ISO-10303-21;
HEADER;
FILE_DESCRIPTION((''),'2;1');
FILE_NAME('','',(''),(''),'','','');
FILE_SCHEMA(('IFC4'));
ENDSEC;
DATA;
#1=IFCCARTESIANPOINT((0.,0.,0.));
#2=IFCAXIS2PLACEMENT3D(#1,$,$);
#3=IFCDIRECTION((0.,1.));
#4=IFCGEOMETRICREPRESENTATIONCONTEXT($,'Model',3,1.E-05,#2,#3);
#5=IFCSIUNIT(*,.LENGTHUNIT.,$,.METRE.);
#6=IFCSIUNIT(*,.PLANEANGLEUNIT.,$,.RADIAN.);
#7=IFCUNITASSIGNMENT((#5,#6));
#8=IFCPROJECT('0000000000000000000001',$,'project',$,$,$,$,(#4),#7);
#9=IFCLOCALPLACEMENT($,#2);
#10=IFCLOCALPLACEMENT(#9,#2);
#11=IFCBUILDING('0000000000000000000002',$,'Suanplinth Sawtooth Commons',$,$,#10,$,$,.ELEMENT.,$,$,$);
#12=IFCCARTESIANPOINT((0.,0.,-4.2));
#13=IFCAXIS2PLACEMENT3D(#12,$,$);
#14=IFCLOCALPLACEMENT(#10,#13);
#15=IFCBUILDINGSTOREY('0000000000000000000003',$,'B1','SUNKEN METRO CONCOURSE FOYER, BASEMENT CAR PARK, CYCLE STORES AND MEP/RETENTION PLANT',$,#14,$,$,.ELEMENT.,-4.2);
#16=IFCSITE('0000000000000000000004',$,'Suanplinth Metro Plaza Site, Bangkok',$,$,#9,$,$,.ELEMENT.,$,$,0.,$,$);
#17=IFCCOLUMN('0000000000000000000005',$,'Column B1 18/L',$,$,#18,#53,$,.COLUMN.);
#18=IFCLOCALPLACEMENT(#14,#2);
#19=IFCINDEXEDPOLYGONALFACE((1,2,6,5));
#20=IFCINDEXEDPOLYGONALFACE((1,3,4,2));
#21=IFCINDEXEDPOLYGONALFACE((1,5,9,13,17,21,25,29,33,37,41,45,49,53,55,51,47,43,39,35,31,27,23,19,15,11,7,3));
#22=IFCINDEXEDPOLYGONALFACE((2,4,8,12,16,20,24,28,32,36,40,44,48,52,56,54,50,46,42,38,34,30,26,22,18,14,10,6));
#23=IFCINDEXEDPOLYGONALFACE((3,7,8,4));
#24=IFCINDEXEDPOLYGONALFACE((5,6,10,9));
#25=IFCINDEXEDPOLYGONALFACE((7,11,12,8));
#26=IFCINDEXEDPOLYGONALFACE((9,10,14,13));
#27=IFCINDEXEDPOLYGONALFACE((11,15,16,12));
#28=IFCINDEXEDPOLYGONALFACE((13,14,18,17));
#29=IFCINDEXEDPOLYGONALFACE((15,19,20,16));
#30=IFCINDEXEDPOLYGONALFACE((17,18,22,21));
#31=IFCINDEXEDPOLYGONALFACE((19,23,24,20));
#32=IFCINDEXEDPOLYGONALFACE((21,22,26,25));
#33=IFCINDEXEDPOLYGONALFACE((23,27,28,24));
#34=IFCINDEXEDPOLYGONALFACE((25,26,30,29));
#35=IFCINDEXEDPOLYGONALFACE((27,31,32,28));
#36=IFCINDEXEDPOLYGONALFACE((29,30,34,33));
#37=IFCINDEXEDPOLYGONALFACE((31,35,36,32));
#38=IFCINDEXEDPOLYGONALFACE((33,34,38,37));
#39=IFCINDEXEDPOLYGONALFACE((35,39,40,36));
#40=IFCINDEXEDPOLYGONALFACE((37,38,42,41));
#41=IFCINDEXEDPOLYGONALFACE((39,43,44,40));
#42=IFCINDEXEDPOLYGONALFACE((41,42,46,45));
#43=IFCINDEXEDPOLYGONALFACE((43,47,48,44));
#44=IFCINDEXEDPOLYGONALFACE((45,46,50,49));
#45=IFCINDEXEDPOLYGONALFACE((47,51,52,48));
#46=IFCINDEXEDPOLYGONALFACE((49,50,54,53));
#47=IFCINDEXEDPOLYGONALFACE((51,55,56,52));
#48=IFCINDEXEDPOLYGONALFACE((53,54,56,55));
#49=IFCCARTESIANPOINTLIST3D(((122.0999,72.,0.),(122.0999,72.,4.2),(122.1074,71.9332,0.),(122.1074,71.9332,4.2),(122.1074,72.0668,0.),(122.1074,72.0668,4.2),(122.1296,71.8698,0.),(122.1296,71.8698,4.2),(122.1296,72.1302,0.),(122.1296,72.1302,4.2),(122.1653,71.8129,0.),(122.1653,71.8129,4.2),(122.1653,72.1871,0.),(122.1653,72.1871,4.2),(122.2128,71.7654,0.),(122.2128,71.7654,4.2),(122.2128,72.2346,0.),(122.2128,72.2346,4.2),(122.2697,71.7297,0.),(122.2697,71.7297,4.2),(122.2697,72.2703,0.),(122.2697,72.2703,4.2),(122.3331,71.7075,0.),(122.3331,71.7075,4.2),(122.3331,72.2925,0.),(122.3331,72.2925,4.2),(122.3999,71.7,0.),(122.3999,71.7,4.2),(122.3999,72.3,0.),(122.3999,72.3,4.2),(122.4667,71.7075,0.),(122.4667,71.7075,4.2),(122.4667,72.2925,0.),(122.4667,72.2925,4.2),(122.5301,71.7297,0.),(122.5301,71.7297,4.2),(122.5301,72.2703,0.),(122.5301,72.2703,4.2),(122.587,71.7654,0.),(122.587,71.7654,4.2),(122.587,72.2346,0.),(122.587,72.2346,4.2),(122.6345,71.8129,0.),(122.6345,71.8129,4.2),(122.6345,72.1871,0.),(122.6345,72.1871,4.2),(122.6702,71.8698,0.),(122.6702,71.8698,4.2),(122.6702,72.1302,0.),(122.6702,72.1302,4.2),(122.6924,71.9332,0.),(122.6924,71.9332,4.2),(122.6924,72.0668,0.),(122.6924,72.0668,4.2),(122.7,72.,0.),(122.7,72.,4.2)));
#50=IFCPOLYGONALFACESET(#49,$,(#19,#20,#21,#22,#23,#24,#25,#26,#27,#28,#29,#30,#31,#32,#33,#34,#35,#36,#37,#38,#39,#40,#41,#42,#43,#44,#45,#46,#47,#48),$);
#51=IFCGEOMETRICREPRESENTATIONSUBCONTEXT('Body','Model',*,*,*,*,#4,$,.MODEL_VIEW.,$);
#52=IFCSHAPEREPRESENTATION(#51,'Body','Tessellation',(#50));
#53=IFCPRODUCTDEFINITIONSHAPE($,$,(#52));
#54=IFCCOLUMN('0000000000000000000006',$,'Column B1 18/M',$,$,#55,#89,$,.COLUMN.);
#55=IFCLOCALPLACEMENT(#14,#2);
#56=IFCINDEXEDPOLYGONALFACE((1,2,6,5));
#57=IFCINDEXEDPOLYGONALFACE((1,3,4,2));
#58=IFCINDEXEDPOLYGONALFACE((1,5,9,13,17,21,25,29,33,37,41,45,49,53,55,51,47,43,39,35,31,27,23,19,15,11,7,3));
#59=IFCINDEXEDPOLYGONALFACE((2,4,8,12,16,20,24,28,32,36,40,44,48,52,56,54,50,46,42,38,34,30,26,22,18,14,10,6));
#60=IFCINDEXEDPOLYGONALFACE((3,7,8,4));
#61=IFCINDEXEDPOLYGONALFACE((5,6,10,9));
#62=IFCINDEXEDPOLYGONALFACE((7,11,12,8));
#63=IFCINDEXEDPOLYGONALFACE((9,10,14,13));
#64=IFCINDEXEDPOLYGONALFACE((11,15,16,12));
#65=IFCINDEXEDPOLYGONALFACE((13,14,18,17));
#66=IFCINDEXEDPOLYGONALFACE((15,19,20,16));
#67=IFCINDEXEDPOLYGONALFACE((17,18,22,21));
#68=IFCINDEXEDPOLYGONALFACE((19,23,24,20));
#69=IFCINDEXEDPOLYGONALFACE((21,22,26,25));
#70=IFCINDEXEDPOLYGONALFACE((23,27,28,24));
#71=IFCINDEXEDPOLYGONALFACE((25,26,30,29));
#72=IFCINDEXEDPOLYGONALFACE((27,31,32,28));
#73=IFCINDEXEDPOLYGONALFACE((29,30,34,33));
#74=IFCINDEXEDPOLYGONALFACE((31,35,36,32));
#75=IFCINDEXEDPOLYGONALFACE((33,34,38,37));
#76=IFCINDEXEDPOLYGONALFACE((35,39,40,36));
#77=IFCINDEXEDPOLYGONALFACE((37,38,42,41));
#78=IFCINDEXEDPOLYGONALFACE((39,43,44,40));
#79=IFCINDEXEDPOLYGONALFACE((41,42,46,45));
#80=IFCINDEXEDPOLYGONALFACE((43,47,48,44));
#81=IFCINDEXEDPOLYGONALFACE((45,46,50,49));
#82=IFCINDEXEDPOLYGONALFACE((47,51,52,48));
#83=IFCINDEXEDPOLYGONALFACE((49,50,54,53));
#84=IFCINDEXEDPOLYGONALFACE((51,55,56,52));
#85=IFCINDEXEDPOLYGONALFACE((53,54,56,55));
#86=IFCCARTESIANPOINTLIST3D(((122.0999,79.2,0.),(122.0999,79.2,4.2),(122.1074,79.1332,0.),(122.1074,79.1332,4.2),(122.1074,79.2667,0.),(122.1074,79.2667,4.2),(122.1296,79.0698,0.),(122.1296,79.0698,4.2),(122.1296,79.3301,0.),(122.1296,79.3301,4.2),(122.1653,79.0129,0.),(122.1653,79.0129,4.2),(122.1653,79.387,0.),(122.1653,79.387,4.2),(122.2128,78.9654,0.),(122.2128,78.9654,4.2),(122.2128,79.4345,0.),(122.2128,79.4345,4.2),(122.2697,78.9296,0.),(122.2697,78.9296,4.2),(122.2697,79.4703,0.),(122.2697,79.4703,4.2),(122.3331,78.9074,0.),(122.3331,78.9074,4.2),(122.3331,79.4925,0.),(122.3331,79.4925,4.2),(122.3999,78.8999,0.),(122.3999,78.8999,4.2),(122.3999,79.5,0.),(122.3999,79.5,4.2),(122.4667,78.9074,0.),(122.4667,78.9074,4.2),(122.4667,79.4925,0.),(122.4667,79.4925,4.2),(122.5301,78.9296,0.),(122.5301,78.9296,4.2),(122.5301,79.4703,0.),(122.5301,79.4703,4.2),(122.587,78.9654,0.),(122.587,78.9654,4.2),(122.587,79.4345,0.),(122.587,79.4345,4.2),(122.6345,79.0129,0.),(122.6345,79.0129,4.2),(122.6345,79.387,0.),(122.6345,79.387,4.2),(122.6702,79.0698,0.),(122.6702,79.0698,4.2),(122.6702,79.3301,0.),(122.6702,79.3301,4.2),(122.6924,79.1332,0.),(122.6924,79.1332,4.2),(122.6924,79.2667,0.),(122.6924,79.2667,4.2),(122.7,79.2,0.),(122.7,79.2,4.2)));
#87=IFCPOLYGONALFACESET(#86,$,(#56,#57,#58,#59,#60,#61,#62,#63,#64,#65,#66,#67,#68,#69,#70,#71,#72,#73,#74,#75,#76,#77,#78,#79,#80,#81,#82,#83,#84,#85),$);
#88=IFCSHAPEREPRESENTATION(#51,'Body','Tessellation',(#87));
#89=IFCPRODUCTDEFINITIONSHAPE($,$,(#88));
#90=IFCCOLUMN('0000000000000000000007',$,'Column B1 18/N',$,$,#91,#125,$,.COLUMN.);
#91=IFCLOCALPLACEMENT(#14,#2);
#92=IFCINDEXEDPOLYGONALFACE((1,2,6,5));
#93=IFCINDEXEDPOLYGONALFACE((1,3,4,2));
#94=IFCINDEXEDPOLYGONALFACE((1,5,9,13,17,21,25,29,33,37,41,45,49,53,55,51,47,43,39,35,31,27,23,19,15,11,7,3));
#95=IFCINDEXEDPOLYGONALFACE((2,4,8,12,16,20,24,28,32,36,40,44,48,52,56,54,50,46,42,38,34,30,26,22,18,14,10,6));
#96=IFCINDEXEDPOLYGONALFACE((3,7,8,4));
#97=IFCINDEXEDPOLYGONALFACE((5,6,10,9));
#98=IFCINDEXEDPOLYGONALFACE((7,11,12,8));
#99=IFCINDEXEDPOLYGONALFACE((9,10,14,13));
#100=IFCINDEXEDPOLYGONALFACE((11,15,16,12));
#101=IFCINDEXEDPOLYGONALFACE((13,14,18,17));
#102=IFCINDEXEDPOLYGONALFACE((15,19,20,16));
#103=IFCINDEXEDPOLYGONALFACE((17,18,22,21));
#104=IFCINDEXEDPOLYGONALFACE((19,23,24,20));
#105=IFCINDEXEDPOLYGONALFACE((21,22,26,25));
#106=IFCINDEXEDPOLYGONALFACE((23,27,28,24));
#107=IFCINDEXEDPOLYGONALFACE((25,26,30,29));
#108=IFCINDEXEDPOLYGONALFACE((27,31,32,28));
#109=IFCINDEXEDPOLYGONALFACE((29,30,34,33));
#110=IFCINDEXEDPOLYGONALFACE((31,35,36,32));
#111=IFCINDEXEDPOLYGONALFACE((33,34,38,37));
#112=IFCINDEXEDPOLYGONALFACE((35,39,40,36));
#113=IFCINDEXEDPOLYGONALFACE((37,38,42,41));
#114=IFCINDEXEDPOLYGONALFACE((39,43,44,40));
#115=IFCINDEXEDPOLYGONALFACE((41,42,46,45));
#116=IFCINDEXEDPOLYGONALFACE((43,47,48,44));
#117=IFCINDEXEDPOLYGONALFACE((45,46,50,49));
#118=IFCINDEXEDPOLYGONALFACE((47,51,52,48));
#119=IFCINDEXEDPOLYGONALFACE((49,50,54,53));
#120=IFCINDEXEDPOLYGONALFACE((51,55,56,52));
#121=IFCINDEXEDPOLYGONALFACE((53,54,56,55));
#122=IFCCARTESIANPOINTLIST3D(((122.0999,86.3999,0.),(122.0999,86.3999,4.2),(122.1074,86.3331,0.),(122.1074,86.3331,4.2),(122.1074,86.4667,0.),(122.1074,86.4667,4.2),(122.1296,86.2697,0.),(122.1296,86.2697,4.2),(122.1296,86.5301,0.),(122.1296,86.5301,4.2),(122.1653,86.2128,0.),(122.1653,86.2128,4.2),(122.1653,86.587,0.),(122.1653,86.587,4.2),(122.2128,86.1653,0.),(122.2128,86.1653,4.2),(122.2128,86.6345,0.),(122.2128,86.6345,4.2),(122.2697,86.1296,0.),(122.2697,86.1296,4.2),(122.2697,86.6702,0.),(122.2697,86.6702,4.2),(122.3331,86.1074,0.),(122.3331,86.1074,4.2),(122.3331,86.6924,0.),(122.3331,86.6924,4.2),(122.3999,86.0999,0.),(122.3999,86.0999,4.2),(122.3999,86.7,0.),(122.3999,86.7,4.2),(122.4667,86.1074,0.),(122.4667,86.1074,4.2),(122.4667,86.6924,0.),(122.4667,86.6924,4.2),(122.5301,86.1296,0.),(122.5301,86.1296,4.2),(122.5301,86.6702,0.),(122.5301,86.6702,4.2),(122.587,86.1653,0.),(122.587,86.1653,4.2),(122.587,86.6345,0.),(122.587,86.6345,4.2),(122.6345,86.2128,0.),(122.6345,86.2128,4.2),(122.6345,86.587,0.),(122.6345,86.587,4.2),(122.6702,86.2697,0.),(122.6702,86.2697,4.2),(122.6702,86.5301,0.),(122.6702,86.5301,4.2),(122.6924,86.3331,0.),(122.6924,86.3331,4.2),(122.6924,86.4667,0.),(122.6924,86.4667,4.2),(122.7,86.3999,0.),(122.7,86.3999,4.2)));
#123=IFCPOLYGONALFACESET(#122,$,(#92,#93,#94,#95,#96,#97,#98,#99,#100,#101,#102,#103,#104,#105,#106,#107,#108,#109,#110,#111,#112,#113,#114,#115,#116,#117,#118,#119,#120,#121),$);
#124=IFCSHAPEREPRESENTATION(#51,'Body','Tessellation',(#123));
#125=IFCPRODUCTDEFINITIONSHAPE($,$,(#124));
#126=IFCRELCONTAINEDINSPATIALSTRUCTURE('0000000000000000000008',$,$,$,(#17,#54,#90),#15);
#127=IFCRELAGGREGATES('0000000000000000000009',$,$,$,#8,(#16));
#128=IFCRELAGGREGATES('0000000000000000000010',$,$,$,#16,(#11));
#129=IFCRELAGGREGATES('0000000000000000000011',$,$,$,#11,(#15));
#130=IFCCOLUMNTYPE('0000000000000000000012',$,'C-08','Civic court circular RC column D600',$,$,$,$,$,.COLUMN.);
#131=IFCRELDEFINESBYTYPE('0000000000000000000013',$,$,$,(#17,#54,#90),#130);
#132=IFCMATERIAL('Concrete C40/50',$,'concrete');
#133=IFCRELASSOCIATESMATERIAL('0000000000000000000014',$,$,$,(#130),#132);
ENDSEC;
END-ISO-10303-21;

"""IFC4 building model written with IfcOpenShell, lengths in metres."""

from ifc_helpers import new_model, si_unit, direction, frame, origin, origin_2d, place, context, subcontext, project, spatial, circle, extrude, material, material_profile, profile_set, type_object, element, save


model = new_model("IFC4")

# Units and contexts
model_context = context("Model", 3, precision=1e-05, world=origin(), true_north=direction((0.0, 1.0)))
body_context = subcontext(model_context, "Body", "Model", "MODEL_VIEW")
ifc_project = project(units=[si_unit("LENGTHUNIT", "METRE"), si_unit("PLANEANGLEUNIT", "RADIAN")], contexts=[model_context])

# Site, building, storey
site_placement = place(None, origin())
site = spatial("IfcSite", under=ifc_project, at=site_placement, Name="Suanplinth Metro Plaza Site, Bangkok", CompositionType="ELEMENT", RefElevation=0.0)
building_placement = place(site_placement, origin())
building = spatial("IfcBuilding", under=site, at=building_placement, Name="Suanplinth Sawtooth Commons", CompositionType="ELEMENT")
storey_placement = place(building_placement, frame((0.0, 0.0, -4.2)))
storey = spatial("IfcBuildingStorey", under=building, at=storey_placement, Name="B1", Description="SUNKEN METRO CONCOURSE FOYER, BASEMENT CAR PARK, CYCLE STORES AND MEP/RETENTION PLANT", CompositionType="ELEMENT", Elevation=-4.2)

# Columns
ifc_material_1 = material(Name="Concrete C40/50", Category="concrete")
ifc_material_profile_1 = material_profile(ifc_material_1, circle(Radius=0.3, at=origin_2d()), Name="RC-CIRC D600")
ifc_profile_set_1 = profile_set([ifc_material_profile_1], Name="Concrete C40/50")
column_type = type_object("IfcColumnType", Name="C-08", Description="Civic court circular RC column D600", PredefinedType="COLUMN", material=ifc_profile_set_1)
for number, where, z_axis, x_axis, name in (
    (1, (122.3999, 72.0, 0.0), (0.0, 0.0, 1.0), (1.0, 0.0, 0.0), "Column B1 18/L"),
    (2, (122.3999, 79.2, 0.0), (0.0, 0.0, 1.0), (1.0, 0.0, 0.0), "Column B1 18/M"),
    (3, (122.3999, 86.3999, 0.0), (0.0, 0.0, 1.0), (1.0, 0.0, 0.0), "Column B1 18/N"),
):
    element("IfcColumn", number, at=place(storey_placement, frame(where, z_axis=z_axis, x_axis=x_axis)), inside=storey, type_object=column_type, Name=name, PredefinedType="COLUMN", context=body_context, shape_type="SweptSolid", body=[
        extrude(circle(Radius=0.3, at=origin_2d()), origin(), (0.0, 0.0, 1.0), 4.2),
    ])

save(model, "model.ifc")
